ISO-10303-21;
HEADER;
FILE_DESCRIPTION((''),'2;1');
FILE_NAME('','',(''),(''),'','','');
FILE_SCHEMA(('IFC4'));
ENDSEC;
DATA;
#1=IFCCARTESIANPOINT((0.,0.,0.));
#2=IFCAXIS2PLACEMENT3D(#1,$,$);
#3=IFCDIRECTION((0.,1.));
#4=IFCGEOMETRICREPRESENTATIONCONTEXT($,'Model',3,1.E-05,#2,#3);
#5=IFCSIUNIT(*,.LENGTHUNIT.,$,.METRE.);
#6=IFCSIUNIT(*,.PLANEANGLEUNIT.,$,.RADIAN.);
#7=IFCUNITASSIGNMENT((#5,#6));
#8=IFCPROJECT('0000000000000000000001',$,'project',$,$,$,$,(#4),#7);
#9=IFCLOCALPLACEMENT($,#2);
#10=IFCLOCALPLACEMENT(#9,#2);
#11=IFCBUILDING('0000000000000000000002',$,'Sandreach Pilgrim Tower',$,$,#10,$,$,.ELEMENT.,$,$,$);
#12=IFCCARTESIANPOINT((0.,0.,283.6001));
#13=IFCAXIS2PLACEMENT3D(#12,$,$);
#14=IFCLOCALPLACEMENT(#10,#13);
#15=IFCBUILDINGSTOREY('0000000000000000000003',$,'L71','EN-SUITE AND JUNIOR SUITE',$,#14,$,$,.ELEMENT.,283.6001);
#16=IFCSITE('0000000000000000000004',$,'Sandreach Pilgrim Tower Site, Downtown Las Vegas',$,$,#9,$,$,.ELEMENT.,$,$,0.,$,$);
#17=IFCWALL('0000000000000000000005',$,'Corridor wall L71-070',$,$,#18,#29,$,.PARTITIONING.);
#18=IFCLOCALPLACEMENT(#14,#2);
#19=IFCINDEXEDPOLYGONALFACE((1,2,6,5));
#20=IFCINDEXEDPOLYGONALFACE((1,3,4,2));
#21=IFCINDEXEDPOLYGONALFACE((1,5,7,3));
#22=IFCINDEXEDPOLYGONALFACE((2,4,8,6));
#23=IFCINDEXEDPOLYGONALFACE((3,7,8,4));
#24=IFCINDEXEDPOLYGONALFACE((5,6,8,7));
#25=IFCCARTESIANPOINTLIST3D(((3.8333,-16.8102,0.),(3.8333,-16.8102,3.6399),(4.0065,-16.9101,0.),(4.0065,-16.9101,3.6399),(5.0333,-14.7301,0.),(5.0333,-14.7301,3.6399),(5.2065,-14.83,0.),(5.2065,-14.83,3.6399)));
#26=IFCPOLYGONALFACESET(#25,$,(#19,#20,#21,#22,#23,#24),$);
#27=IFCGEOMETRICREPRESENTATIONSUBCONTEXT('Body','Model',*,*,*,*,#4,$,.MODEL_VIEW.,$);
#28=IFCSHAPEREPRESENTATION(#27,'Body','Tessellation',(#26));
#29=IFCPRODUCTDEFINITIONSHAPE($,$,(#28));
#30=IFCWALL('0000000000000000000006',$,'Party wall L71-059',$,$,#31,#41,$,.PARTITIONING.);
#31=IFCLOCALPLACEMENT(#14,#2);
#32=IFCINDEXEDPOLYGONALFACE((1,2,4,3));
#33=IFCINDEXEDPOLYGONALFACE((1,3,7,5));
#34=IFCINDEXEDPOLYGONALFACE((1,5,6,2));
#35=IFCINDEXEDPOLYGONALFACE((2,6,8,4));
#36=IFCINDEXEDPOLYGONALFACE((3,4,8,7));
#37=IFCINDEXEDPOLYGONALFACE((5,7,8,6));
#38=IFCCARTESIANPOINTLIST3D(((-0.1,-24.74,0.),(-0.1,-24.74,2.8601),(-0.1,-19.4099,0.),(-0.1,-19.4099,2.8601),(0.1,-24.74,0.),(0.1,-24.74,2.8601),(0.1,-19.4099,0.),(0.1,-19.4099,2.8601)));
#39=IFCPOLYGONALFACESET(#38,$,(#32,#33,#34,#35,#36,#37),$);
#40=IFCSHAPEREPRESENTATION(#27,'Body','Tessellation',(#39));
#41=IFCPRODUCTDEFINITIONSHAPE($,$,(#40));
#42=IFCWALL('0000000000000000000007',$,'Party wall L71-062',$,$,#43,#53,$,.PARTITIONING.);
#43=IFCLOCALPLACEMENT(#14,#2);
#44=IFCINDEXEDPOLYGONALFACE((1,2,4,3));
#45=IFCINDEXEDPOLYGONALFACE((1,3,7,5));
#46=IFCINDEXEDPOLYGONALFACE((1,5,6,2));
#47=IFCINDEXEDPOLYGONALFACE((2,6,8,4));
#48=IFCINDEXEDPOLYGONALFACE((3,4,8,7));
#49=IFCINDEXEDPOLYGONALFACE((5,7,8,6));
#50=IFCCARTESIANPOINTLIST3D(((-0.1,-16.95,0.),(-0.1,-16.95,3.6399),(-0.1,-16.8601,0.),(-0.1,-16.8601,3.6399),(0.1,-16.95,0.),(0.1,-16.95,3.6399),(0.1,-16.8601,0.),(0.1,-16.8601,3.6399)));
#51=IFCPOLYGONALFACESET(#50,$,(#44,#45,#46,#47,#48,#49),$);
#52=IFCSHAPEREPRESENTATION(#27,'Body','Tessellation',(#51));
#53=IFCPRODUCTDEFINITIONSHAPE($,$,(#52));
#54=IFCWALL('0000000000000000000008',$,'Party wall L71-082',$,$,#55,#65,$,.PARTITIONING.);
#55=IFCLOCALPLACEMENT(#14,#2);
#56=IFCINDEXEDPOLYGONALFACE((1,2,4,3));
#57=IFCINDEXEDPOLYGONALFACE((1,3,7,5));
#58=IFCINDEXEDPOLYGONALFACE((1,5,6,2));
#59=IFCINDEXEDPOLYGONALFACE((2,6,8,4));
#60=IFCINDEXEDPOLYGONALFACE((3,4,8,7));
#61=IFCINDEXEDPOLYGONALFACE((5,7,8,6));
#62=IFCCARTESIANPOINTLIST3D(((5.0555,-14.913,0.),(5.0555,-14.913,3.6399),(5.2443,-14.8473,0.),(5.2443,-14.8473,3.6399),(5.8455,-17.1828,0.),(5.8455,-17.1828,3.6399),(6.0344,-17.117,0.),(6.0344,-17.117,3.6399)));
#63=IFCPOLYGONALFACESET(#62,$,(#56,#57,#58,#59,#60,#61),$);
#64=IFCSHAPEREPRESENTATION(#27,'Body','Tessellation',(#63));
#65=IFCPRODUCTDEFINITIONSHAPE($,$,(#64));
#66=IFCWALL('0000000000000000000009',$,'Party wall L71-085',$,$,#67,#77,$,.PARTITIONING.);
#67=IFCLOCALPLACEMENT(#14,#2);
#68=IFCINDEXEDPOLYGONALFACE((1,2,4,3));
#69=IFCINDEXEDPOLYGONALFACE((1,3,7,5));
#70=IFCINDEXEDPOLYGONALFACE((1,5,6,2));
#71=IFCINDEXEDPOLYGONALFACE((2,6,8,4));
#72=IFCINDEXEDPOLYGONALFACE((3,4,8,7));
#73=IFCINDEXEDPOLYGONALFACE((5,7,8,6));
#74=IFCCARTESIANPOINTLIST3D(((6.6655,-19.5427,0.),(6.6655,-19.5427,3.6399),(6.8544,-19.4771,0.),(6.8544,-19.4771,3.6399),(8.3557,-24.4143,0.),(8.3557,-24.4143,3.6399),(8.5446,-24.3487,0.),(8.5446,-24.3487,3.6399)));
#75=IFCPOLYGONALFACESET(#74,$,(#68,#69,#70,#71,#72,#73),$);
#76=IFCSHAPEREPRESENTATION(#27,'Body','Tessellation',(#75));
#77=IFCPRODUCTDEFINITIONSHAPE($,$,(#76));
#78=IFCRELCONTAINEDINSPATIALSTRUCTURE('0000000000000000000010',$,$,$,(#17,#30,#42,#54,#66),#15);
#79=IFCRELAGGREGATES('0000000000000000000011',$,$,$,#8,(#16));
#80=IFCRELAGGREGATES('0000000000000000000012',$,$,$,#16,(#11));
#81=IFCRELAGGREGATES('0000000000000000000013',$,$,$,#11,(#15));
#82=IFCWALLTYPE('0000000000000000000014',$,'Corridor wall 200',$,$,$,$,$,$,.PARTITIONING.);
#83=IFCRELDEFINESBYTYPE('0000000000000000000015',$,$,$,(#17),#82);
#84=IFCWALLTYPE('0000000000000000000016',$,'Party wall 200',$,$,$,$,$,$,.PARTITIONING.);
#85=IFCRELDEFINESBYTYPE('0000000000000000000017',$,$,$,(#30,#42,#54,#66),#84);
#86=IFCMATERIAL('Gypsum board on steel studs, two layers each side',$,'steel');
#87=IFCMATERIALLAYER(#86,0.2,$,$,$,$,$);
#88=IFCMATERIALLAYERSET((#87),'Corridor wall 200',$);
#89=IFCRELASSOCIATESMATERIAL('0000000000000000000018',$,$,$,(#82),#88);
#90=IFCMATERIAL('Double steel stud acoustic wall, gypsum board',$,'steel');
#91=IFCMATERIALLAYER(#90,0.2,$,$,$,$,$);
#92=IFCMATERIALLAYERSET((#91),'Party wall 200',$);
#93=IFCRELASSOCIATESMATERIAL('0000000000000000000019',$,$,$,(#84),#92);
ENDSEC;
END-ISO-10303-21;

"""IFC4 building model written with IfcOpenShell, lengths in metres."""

from ifc_helpers import new_model, si_unit, direction, frame, frame_2d, origin, place, context, subcontext, project, spatial, rectangle, extrude, material, layer, layer_set, type_object, element, save


model = new_model("IFC4")

# Units and contexts
model_context = context("Model", 3, precision=1e-05, world=origin(), true_north=direction((0.0, 1.0)))
body_context = subcontext(model_context, "Body", "Model", "MODEL_VIEW")
ifc_project = project(units=[si_unit("LENGTHUNIT", "METRE"), si_unit("PLANEANGLEUNIT", "RADIAN")], contexts=[model_context])

# Site, building, storey
site_placement = place(None, origin())
site = spatial("IfcSite", under=ifc_project, at=site_placement, Name="Sandreach Pilgrim Tower Site, Downtown Las Vegas", CompositionType="ELEMENT", RefElevation=0.0)
building_placement = place(site_placement, origin())
building = spatial("IfcBuilding", under=site, at=building_placement, Name="Sandreach Pilgrim Tower", CompositionType="ELEMENT")
storey_placement = place(building_placement, frame((0.0, 0.0, 283.6001)))
storey = spatial("IfcBuildingStorey", under=building, at=storey_placement, Name="L71", Description="EN-SUITE AND JUNIOR SUITE", CompositionType="ELEMENT", Elevation=283.6001)

# Shared definitions
ifc_material_1 = material(Name="Gypsum board on steel studs, two layers each side", Category="steel")
ifc_layer_1 = layer(ifc_material_1, 0.2)
ifc_layer_set_1 = layer_set([ifc_layer_1], Name="Corridor wall 200")
wall_type_1 = type_object("IfcWallType", Name="Corridor wall 200", PredefinedType="PARTITIONING", material=ifc_layer_set_1)

# Walls
wall_1_placement = place(storey_placement, frame((3.9199, -16.8601, 0.0), z_axis=(0.0, 0.0, 1.0), x_axis=(0.499693, 0.866203, 0.0)))
element("IfcWall", 1, at=wall_1_placement, inside=storey, type_object=wall_type_1, Name="Corridor wall L71-070", PredefinedType="PARTITIONING", context=body_context, shape_type="SweptSolid", body=[
    extrude(rectangle(XDim=2.4014, YDim=0.2, at=frame_2d((1.2007, 0.0))), origin(), (0.0, 0.0, 1.0), 3.6399),
])
ifc_material_2 = material(Name="Double steel stud acoustic wall, gypsum board", Category="steel")
ifc_layer_2 = layer(ifc_material_2, 0.2)
ifc_layer_set_2 = layer_set([ifc_layer_2], Name="Party wall 200")
wall_type_2 = type_object("IfcWallType", Name="Party wall 200", PredefinedType="PARTITIONING", material=ifc_layer_set_2)
wall_2_placement = place(storey_placement, frame((0.0, -24.74, 0.0), z_axis=(0.0, 0.0, 1.0), x_axis=(0.0, 1.0, 0.0)))
element("IfcWall", 2, at=wall_2_placement, inside=storey, type_object=wall_type_2, Name="Party wall L71-059", PredefinedType="PARTITIONING", context=body_context, shape_type="SweptSolid", body=[
    extrude(rectangle(XDim=5.3301, YDim=0.2, at=frame_2d((2.665, 0.0))), origin(), (0.0, 0.0, 1.0), 2.8601),
])
wall_3_placement = place(storey_placement, frame((0.0, -16.95, 0.0), z_axis=(0.0, 0.0, 1.0), x_axis=(0.0, 1.0, 0.0)))
element("IfcWall", 3, at=wall_3_placement, inside=storey, type_object=wall_type_2, Name="Party wall L71-062", PredefinedType="PARTITIONING", context=body_context, shape_type="SweptSolid", body=[
    extrude(rectangle(XDim=0.0898, YDim=0.2, at=frame_2d((0.0449, 0.0))), origin(), (0.0, 0.0, 1.0), 3.6399),
])
wall_4_placement = place(storey_placement, frame((5.9399, -17.1499, 0.0), z_axis=(0.0, 0.0, 1.0), x_axis=(-0.328725, 0.944426, 0.0)))
element("IfcWall", 4, at=wall_4_placement, inside=storey, type_object=wall_type_2, Name="Party wall L71-082", PredefinedType="PARTITIONING", context=body_context, shape_type="SweptSolid", body=[
    extrude(rectangle(XDim=2.4033, YDim=0.2, at=frame_2d((1.2017, 0.0))), origin(), (0.0, 0.0, 1.0), 3.6399),
])
wall_5_placement = place(storey_placement, frame((6.76, -19.51, 0.0), z_axis=(0.0, 0.0, 1.0), x_axis=(0.32778, -0.944754, 0.0)))
element("IfcWall", 5, at=wall_5_placement, inside=storey, type_object=wall_type_2, Name="Party wall L71-085", PredefinedType="PARTITIONING", context=body_context, shape_type="SweptSolid", body=[
    extrude(rectangle(XDim=5.1565, YDim=0.2, at=frame_2d((2.5781, 0.0))), origin(), (0.0, 0.0, 1.0), 3.6399),
])

save(model, "model.ifc")
